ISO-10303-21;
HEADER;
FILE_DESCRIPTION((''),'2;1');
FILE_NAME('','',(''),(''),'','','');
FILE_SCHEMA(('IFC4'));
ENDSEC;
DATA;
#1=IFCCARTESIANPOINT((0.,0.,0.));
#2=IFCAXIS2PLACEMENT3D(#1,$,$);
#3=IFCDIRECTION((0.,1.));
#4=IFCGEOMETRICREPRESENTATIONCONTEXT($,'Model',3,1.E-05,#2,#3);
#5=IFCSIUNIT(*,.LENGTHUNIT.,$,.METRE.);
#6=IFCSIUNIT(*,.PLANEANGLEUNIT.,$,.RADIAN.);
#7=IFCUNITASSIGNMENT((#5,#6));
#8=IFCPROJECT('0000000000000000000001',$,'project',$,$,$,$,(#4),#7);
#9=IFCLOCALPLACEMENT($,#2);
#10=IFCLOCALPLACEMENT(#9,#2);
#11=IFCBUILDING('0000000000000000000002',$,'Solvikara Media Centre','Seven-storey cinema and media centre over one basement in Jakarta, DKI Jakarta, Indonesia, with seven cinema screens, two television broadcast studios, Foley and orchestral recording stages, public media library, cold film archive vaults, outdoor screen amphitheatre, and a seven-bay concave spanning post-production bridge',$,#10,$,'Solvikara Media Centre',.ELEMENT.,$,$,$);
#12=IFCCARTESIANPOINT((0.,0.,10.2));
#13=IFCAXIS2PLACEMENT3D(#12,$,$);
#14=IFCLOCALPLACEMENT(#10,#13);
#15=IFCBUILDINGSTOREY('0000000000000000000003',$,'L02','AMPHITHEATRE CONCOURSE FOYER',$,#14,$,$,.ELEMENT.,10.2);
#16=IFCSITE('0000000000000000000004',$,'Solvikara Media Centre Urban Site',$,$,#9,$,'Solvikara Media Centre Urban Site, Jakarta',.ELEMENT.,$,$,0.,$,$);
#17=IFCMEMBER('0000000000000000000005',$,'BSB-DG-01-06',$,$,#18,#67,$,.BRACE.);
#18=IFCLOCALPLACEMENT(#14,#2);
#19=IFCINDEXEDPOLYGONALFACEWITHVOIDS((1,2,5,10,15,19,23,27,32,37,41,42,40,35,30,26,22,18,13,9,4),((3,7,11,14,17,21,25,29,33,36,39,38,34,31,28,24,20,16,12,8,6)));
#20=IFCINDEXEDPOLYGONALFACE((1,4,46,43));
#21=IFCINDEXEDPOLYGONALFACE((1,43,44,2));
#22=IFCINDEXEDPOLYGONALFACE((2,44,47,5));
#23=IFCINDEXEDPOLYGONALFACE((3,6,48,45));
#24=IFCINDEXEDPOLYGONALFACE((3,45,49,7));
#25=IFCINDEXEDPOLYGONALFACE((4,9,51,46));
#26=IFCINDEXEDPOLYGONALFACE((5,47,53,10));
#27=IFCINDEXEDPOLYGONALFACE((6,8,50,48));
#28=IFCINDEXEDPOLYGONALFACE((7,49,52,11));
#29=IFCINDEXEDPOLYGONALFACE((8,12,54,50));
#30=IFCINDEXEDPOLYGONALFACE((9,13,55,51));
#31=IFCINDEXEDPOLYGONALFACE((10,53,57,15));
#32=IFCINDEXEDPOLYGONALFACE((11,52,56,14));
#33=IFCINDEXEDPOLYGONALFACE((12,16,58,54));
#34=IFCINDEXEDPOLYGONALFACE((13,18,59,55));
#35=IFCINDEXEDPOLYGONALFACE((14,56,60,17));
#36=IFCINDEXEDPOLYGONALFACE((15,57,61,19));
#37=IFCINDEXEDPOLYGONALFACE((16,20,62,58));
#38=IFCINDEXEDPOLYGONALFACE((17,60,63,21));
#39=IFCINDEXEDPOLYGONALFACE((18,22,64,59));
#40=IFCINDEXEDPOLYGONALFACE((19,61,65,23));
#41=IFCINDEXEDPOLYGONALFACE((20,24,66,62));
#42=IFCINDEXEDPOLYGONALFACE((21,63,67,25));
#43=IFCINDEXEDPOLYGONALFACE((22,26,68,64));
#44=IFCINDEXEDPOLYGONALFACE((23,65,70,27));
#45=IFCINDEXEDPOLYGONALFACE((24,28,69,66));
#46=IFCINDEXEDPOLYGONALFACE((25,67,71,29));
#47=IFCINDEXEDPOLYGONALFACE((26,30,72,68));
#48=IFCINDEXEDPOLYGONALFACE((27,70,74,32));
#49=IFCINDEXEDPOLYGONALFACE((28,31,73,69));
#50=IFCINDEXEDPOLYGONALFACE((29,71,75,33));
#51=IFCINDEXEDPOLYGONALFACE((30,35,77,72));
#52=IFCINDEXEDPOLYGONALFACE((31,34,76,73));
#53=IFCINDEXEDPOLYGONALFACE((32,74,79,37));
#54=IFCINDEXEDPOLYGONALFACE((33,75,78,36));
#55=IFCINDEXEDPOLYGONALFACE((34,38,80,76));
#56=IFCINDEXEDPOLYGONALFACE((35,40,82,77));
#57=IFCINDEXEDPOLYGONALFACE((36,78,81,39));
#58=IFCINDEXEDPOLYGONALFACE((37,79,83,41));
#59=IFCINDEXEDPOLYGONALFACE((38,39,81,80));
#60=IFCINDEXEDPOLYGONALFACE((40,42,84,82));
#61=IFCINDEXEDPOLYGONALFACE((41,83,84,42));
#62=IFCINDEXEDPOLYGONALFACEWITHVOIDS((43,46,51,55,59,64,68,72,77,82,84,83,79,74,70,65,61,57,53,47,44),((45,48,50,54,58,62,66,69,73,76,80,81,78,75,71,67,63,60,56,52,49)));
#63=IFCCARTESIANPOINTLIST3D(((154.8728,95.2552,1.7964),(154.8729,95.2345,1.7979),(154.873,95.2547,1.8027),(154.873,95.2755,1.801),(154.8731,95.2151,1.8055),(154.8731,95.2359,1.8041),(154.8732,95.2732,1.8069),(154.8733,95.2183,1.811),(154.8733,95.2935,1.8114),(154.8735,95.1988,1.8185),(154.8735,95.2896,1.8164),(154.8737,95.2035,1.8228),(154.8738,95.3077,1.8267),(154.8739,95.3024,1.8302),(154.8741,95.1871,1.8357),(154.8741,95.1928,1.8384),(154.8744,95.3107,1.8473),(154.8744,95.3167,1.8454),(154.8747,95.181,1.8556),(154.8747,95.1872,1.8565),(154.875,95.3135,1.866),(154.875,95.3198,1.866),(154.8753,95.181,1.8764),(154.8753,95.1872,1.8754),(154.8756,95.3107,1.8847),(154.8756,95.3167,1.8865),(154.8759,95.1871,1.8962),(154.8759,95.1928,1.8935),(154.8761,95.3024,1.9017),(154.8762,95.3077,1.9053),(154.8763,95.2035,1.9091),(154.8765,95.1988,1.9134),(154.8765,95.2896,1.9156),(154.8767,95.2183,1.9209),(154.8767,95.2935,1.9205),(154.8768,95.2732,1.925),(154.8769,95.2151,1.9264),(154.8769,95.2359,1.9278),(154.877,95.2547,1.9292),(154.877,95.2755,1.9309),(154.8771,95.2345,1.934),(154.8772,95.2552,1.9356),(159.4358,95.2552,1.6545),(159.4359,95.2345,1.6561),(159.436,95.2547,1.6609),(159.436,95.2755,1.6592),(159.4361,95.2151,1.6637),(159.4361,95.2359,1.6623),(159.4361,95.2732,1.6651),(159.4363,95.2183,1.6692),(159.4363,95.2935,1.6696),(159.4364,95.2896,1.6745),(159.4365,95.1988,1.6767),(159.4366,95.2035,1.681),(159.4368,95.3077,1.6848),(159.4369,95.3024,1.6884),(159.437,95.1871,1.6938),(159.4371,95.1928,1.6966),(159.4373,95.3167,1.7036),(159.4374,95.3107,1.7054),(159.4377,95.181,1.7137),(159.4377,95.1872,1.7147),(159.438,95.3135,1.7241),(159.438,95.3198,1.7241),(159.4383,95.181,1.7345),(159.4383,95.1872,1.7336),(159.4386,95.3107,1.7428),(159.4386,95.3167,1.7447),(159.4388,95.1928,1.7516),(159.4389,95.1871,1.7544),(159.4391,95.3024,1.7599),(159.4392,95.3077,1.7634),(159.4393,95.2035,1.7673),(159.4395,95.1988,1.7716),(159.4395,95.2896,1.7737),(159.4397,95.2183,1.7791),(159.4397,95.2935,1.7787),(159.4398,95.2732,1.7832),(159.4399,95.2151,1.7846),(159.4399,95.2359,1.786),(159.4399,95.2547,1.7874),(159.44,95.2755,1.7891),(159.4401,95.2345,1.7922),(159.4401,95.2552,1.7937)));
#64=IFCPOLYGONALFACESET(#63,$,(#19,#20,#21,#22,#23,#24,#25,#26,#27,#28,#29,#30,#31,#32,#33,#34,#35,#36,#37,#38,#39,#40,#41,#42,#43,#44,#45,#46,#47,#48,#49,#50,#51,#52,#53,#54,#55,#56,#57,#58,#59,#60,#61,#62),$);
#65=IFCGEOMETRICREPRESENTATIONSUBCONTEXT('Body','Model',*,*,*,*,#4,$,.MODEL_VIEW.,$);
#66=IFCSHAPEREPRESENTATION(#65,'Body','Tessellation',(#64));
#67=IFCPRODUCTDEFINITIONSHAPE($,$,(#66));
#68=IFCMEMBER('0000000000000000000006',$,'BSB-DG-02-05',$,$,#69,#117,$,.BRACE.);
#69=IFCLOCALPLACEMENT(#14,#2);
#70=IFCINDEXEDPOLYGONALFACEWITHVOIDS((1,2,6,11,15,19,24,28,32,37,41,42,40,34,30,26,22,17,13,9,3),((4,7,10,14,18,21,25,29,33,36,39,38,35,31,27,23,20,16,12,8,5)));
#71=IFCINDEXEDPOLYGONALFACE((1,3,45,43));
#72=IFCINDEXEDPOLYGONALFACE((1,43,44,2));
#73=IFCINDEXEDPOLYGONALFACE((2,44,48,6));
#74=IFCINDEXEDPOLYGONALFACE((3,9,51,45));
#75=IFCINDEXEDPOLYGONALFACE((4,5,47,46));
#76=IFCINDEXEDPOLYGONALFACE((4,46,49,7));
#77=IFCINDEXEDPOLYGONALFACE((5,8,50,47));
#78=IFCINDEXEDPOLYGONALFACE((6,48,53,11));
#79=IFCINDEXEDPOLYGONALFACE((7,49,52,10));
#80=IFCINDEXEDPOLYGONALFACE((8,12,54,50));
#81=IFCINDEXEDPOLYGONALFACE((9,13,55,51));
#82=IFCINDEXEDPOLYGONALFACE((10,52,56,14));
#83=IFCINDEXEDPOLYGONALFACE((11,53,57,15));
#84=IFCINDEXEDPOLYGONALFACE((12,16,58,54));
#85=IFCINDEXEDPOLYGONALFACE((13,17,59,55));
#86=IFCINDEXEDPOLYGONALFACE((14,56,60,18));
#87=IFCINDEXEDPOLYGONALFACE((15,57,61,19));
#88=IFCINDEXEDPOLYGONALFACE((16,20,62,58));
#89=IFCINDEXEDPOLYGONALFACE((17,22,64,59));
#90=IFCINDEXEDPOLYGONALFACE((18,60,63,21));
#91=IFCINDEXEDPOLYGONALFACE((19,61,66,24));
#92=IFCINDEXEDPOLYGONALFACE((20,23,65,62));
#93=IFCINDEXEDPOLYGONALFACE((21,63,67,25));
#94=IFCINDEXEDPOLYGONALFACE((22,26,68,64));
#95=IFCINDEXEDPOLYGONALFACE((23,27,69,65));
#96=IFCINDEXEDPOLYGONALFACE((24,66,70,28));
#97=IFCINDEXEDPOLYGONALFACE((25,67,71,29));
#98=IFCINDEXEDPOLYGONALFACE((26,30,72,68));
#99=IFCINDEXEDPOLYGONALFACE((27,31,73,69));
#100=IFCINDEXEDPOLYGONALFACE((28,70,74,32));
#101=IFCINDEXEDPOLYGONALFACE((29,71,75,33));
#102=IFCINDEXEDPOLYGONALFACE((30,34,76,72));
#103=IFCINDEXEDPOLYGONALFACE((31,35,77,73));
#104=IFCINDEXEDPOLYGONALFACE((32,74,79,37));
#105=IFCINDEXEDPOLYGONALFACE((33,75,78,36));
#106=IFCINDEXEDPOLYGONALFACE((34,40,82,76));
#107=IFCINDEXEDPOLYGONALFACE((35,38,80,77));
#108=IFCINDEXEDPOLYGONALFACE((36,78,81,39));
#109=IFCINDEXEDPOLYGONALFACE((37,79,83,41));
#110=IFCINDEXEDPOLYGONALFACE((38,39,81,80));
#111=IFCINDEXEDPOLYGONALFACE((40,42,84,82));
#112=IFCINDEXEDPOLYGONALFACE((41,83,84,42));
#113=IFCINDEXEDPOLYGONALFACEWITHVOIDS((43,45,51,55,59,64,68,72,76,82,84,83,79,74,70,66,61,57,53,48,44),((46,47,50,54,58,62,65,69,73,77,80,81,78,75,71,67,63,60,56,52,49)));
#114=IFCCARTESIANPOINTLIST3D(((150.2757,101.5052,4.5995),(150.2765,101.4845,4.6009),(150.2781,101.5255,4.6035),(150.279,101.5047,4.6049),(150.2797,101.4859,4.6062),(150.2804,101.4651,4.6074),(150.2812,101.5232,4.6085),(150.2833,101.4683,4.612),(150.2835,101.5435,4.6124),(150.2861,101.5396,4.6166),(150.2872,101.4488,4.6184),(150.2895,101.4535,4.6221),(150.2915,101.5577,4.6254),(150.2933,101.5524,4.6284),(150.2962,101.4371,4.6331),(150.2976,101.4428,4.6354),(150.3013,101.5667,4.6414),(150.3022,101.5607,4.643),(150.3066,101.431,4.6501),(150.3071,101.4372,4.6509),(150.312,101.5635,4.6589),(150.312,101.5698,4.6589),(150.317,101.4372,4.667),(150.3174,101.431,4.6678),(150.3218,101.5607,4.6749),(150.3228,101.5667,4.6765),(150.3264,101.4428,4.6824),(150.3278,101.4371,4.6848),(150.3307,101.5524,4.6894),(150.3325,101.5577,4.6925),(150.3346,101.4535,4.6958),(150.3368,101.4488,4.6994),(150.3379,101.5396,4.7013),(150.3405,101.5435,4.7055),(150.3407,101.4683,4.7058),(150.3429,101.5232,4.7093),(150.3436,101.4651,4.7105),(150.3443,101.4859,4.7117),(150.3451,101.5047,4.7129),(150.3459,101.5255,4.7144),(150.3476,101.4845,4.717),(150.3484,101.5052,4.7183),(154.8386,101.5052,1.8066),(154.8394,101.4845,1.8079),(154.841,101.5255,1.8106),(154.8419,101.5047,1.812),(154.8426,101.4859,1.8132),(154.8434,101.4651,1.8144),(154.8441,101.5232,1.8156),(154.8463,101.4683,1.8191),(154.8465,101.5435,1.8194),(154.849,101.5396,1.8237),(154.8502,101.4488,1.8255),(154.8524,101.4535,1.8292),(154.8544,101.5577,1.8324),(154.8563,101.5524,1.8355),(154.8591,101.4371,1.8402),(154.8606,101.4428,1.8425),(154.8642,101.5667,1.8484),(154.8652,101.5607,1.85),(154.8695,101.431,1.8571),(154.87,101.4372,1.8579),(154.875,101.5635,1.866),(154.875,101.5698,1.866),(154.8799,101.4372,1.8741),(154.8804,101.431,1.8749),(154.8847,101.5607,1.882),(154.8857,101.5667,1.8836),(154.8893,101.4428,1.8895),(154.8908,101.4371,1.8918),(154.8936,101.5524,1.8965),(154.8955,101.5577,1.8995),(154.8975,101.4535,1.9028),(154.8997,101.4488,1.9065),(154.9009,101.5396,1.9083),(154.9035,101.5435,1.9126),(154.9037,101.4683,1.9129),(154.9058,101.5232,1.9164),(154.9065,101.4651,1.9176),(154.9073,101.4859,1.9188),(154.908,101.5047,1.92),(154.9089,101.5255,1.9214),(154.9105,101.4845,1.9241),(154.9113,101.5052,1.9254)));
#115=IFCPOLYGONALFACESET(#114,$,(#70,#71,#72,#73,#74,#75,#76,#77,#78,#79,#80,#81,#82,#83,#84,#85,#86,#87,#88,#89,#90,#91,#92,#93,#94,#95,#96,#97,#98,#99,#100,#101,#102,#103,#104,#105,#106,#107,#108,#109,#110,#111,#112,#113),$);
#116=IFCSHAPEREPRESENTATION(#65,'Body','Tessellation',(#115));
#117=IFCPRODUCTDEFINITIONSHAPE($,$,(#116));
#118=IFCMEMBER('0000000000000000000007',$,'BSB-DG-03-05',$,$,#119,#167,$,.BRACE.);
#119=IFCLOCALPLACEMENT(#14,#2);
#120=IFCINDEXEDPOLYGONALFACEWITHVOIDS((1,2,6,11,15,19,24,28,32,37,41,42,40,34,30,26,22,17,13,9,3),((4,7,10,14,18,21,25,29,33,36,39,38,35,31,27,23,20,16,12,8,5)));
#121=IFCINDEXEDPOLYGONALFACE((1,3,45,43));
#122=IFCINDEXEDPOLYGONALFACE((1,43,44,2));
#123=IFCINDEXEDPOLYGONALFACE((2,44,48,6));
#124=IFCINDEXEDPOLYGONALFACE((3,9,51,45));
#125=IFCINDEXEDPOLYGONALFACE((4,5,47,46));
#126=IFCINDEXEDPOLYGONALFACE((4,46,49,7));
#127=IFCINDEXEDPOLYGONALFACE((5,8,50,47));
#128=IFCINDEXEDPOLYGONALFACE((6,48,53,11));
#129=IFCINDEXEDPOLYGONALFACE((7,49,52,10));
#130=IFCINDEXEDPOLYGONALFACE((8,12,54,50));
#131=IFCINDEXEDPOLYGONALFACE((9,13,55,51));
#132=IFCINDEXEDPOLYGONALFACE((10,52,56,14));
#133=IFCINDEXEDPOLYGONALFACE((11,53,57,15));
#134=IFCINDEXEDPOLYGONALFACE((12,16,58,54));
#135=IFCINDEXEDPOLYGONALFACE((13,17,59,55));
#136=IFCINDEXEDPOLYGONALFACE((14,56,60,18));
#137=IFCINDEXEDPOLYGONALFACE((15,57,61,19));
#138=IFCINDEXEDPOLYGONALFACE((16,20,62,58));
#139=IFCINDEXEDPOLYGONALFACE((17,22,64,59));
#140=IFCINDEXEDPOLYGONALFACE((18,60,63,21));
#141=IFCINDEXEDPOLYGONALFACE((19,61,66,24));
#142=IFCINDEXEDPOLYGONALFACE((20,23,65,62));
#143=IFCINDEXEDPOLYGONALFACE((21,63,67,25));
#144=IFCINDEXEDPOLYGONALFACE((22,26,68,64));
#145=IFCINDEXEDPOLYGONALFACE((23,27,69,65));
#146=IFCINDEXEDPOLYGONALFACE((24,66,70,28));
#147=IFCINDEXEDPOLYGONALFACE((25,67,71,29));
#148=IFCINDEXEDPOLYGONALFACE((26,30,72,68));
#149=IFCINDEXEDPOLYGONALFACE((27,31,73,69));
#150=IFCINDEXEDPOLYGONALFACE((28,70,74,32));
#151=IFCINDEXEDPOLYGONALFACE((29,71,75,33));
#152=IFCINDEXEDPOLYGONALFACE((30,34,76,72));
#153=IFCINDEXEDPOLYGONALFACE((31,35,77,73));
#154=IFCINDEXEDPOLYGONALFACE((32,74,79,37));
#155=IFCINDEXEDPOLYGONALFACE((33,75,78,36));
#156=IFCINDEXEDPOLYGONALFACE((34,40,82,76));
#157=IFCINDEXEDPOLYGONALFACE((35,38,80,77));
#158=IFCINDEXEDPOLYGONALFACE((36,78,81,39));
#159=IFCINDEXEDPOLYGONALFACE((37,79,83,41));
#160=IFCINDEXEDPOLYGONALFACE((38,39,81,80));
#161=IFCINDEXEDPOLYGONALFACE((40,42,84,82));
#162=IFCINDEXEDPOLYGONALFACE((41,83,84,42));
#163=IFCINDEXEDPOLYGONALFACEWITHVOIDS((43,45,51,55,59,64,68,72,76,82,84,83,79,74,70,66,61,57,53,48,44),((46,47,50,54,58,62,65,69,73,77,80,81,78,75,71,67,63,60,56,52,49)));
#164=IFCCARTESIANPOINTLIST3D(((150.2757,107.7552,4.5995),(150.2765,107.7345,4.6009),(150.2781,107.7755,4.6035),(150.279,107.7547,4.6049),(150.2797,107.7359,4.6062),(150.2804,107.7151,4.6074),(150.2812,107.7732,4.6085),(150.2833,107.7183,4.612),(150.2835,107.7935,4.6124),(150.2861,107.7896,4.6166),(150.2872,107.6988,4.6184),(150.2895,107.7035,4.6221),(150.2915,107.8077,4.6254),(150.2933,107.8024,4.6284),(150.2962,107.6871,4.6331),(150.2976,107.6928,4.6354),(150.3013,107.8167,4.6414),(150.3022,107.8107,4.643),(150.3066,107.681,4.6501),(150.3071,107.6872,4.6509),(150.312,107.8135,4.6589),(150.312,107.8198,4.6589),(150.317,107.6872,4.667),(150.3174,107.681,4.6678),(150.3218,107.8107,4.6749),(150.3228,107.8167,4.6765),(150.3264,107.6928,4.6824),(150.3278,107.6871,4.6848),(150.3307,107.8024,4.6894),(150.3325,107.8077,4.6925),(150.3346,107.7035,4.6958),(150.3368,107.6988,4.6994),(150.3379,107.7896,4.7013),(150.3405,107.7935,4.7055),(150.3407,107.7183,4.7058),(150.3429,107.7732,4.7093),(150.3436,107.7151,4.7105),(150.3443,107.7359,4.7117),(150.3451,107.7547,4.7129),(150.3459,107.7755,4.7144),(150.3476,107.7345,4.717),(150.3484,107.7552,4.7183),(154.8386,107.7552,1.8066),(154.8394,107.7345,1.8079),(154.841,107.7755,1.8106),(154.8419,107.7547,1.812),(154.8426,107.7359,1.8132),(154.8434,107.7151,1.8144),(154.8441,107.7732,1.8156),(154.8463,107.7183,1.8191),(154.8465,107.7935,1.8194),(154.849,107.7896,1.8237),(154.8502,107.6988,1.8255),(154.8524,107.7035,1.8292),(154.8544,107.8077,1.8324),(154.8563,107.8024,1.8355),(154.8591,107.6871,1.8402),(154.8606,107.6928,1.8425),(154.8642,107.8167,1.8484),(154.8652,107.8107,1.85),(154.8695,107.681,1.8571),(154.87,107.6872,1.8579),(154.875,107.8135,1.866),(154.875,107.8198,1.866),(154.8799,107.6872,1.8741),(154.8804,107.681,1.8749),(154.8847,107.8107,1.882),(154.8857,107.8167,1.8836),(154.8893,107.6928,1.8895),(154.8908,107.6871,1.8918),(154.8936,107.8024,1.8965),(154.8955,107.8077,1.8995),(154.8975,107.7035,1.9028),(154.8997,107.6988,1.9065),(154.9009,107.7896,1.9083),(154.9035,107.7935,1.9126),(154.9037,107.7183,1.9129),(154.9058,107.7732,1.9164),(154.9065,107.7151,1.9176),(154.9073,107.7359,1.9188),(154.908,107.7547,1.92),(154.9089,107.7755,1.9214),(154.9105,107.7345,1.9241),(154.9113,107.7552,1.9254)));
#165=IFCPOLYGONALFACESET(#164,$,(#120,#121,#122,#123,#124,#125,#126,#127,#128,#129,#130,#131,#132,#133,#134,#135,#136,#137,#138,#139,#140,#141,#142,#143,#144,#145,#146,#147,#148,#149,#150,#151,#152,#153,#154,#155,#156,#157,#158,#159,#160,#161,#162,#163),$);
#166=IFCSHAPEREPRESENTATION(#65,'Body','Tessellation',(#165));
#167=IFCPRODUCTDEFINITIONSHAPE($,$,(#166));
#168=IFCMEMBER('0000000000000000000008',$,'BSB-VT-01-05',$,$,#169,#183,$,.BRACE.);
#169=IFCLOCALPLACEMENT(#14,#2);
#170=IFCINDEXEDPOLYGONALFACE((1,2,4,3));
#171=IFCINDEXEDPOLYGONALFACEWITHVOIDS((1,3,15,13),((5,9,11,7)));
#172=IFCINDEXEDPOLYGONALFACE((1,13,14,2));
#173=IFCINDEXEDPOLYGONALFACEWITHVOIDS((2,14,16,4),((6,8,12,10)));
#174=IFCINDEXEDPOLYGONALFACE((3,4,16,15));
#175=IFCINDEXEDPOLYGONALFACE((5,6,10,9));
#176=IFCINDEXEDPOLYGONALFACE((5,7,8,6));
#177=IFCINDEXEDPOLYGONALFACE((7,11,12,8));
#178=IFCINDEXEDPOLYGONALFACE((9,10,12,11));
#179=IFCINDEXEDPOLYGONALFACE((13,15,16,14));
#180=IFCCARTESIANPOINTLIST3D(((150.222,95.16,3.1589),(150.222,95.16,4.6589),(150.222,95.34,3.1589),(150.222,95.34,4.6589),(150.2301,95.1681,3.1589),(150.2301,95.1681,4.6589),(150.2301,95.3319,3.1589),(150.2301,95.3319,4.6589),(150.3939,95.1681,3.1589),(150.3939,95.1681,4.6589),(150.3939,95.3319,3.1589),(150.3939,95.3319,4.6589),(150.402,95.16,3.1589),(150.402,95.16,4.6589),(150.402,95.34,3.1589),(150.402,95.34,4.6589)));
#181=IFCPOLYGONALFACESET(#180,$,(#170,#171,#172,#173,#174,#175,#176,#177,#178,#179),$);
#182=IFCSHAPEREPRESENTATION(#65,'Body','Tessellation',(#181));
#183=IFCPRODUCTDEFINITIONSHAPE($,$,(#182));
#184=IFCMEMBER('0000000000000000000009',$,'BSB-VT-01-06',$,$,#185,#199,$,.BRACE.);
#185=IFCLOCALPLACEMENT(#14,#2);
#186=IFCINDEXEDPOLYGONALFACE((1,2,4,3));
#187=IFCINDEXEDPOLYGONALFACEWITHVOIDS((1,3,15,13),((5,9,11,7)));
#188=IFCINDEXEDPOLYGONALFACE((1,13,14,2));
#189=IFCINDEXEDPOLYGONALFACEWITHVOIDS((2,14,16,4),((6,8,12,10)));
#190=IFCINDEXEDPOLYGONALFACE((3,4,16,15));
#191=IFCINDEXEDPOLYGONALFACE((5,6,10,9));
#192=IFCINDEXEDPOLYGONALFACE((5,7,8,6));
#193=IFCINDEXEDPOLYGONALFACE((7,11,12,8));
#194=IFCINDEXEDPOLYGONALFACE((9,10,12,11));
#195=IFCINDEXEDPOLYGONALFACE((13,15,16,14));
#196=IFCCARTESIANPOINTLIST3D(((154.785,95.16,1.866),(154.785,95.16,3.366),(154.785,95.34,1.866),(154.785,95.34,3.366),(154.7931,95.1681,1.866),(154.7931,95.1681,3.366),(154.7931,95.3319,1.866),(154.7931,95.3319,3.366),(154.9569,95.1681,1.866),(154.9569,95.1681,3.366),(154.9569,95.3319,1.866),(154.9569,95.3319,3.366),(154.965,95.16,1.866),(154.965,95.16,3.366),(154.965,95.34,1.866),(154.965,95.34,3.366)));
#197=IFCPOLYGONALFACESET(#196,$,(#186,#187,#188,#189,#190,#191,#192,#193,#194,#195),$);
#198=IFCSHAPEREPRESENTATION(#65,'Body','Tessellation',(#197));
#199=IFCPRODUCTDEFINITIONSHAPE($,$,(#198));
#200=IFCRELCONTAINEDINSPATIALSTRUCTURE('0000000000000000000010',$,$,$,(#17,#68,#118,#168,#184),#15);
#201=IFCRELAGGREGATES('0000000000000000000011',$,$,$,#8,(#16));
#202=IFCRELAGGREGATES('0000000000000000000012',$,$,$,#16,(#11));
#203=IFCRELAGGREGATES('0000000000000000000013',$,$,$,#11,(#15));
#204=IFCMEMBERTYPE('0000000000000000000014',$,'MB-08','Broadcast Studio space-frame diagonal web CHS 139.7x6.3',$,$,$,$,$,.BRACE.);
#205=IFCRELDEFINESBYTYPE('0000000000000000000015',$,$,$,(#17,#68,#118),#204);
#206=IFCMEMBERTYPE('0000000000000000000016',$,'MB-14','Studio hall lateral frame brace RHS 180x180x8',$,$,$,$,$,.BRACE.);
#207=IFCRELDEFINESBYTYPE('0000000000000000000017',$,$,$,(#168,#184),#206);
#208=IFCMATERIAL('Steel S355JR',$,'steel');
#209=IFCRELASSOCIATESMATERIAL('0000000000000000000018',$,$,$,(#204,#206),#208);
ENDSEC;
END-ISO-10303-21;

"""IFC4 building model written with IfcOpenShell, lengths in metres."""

from ifc_helpers import new_model, si_unit, direction, frame, origin, origin_2d, place, context, subcontext, project, spatial, hollow_rectangle, hollow_circle, extrude, material, material_profile, profile_set, type_object, element, save


model = new_model("IFC4")

# Units and contexts
model_context = context("Model", 3, precision=1e-05, world=origin(), true_north=direction((0.0, 1.0)))
body_context = subcontext(model_context, "Body", "Model", "MODEL_VIEW")
ifc_project = project(units=[si_unit("LENGTHUNIT", "METRE"), si_unit("PLANEANGLEUNIT", "RADIAN")], contexts=[model_context])

# Site, building, storey
site_placement = place(None, origin())
site = spatial("IfcSite", under=ifc_project, at=site_placement, Name="Solvikara Media Centre Urban Site", LongName="Solvikara Media Centre Urban Site, Jakarta", CompositionType="ELEMENT", RefElevation=0.0)
building_placement = place(site_placement, origin())
building = spatial("IfcBuilding", under=site, at=building_placement, Name="Solvikara Media Centre", Description="Seven-storey cinema and media centre over one basement in Jakarta, DKI Jakarta, Indonesia, with seven cinema screens, two television broadcast studios, Foley and orchestral recording stages, public media library, cold film archive vaults, outdoor screen amphitheatre, and a seven-bay concave spanning post-production bridge", LongName="Solvikara Media Centre", CompositionType="ELEMENT")
storey_placement = place(building_placement, frame((0.0, 0.0, 10.2)))
storey = spatial("IfcBuildingStorey", under=building, at=storey_placement, Name="L02", Description="AMPHITHEATRE CONCOURSE FOYER", CompositionType="ELEMENT", Elevation=10.2)

# Members
ifc_material_1 = material(Name="Steel S355JR", Category="steel")
ifc_material_profile_1 = material_profile(ifc_material_1, hollow_circle(Radius=0.0698, WallThickness=0.0063, at=origin_2d()), Name="CHS 139.7x6.3")
ifc_profile_set_1 = profile_set([ifc_material_profile_1], Name="Steel S355JR")
member_type_1 = type_object("IfcMemberType", Name="MB-08", Description="Broadcast Studio space-frame diagonal web CHS 139.7x6.3", PredefinedType="BRACE", material=ifc_profile_set_1)
member_1_placement = place(storey_placement, frame((154.875, 95.25, 1.866), z_axis=(0.999517, 0.0, -0.031071), x_axis=(0.0, 1.0, 0.0)))
element("IfcMember", 1, at=member_1_placement, inside=storey, type_object=member_type_1, Name="BSB-DG-01-06", PredefinedType="BRACE", context=body_context, shape_type="SweptSolid", body=[
    extrude(hollow_circle(Radius=0.0698, WallThickness=0.0063, at=origin_2d()), origin(), (0.0, 0.0, 1.0), 4.5652),
])
for number, where, z_axis, x_axis, name in (
    (2, (150.312, 101.5, 4.6589), (0.852909, 0.0, -0.522059), (0.0, 1.0, 0.0), "BSB-DG-02-05"),
    (3, (150.312, 107.75, 4.6589), (0.852909, 0.0, -0.522059), (0.0, 1.0, 0.0), "BSB-DG-03-05"),
):
    element("IfcMember", number, at=place(storey_placement, frame(where, z_axis=z_axis, x_axis=x_axis)), inside=storey, type_object=member_type_1, Name=name, PredefinedType="BRACE", context=body_context, shape_type="SweptSolid", body=[
        extrude(hollow_circle(Radius=0.0698, WallThickness=0.0063, at=origin_2d()), origin(), (0.0, 0.0, 1.0), 5.3499),
    ])
ifc_material_profile_2 = material_profile(ifc_material_1, hollow_rectangle(XDim=0.1799, YDim=0.1799, WallThickness=0.0081, at=origin_2d()), Name="RHS 180x180x8")
ifc_profile_set_2 = profile_set([ifc_material_profile_2], Name="Steel S355JR")
member_type_2 = type_object("IfcMemberType", Name="MB-14", Description="Studio hall lateral frame brace RHS 180x180x8", PredefinedType="BRACE", material=ifc_profile_set_2)
for number, where, z_axis, x_axis, name in (
    (4, (150.312, 95.25, 3.1589), (0.0, 0.0, 1.0), (1.0, 0.0, 0.0), "BSB-VT-01-05"),
    (5, (154.875, 95.25, 1.866), (0.0, 0.0, 1.0), (1.0, 0.0, 0.0), "BSB-VT-01-06"),
):
    element("IfcMember", number, at=place(storey_placement, frame(where, z_axis=z_axis, x_axis=x_axis)), inside=storey, type_object=member_type_2, Name=name, PredefinedType="BRACE", context=body_context, shape_type="SweptSolid", body=[
        extrude(hollow_rectangle(XDim=0.1799, YDim=0.1799, WallThickness=0.0081, at=origin_2d()), origin(), (0.0, 0.0, 1.0), 1.5),
    ])

save(model, "model.ifc")
